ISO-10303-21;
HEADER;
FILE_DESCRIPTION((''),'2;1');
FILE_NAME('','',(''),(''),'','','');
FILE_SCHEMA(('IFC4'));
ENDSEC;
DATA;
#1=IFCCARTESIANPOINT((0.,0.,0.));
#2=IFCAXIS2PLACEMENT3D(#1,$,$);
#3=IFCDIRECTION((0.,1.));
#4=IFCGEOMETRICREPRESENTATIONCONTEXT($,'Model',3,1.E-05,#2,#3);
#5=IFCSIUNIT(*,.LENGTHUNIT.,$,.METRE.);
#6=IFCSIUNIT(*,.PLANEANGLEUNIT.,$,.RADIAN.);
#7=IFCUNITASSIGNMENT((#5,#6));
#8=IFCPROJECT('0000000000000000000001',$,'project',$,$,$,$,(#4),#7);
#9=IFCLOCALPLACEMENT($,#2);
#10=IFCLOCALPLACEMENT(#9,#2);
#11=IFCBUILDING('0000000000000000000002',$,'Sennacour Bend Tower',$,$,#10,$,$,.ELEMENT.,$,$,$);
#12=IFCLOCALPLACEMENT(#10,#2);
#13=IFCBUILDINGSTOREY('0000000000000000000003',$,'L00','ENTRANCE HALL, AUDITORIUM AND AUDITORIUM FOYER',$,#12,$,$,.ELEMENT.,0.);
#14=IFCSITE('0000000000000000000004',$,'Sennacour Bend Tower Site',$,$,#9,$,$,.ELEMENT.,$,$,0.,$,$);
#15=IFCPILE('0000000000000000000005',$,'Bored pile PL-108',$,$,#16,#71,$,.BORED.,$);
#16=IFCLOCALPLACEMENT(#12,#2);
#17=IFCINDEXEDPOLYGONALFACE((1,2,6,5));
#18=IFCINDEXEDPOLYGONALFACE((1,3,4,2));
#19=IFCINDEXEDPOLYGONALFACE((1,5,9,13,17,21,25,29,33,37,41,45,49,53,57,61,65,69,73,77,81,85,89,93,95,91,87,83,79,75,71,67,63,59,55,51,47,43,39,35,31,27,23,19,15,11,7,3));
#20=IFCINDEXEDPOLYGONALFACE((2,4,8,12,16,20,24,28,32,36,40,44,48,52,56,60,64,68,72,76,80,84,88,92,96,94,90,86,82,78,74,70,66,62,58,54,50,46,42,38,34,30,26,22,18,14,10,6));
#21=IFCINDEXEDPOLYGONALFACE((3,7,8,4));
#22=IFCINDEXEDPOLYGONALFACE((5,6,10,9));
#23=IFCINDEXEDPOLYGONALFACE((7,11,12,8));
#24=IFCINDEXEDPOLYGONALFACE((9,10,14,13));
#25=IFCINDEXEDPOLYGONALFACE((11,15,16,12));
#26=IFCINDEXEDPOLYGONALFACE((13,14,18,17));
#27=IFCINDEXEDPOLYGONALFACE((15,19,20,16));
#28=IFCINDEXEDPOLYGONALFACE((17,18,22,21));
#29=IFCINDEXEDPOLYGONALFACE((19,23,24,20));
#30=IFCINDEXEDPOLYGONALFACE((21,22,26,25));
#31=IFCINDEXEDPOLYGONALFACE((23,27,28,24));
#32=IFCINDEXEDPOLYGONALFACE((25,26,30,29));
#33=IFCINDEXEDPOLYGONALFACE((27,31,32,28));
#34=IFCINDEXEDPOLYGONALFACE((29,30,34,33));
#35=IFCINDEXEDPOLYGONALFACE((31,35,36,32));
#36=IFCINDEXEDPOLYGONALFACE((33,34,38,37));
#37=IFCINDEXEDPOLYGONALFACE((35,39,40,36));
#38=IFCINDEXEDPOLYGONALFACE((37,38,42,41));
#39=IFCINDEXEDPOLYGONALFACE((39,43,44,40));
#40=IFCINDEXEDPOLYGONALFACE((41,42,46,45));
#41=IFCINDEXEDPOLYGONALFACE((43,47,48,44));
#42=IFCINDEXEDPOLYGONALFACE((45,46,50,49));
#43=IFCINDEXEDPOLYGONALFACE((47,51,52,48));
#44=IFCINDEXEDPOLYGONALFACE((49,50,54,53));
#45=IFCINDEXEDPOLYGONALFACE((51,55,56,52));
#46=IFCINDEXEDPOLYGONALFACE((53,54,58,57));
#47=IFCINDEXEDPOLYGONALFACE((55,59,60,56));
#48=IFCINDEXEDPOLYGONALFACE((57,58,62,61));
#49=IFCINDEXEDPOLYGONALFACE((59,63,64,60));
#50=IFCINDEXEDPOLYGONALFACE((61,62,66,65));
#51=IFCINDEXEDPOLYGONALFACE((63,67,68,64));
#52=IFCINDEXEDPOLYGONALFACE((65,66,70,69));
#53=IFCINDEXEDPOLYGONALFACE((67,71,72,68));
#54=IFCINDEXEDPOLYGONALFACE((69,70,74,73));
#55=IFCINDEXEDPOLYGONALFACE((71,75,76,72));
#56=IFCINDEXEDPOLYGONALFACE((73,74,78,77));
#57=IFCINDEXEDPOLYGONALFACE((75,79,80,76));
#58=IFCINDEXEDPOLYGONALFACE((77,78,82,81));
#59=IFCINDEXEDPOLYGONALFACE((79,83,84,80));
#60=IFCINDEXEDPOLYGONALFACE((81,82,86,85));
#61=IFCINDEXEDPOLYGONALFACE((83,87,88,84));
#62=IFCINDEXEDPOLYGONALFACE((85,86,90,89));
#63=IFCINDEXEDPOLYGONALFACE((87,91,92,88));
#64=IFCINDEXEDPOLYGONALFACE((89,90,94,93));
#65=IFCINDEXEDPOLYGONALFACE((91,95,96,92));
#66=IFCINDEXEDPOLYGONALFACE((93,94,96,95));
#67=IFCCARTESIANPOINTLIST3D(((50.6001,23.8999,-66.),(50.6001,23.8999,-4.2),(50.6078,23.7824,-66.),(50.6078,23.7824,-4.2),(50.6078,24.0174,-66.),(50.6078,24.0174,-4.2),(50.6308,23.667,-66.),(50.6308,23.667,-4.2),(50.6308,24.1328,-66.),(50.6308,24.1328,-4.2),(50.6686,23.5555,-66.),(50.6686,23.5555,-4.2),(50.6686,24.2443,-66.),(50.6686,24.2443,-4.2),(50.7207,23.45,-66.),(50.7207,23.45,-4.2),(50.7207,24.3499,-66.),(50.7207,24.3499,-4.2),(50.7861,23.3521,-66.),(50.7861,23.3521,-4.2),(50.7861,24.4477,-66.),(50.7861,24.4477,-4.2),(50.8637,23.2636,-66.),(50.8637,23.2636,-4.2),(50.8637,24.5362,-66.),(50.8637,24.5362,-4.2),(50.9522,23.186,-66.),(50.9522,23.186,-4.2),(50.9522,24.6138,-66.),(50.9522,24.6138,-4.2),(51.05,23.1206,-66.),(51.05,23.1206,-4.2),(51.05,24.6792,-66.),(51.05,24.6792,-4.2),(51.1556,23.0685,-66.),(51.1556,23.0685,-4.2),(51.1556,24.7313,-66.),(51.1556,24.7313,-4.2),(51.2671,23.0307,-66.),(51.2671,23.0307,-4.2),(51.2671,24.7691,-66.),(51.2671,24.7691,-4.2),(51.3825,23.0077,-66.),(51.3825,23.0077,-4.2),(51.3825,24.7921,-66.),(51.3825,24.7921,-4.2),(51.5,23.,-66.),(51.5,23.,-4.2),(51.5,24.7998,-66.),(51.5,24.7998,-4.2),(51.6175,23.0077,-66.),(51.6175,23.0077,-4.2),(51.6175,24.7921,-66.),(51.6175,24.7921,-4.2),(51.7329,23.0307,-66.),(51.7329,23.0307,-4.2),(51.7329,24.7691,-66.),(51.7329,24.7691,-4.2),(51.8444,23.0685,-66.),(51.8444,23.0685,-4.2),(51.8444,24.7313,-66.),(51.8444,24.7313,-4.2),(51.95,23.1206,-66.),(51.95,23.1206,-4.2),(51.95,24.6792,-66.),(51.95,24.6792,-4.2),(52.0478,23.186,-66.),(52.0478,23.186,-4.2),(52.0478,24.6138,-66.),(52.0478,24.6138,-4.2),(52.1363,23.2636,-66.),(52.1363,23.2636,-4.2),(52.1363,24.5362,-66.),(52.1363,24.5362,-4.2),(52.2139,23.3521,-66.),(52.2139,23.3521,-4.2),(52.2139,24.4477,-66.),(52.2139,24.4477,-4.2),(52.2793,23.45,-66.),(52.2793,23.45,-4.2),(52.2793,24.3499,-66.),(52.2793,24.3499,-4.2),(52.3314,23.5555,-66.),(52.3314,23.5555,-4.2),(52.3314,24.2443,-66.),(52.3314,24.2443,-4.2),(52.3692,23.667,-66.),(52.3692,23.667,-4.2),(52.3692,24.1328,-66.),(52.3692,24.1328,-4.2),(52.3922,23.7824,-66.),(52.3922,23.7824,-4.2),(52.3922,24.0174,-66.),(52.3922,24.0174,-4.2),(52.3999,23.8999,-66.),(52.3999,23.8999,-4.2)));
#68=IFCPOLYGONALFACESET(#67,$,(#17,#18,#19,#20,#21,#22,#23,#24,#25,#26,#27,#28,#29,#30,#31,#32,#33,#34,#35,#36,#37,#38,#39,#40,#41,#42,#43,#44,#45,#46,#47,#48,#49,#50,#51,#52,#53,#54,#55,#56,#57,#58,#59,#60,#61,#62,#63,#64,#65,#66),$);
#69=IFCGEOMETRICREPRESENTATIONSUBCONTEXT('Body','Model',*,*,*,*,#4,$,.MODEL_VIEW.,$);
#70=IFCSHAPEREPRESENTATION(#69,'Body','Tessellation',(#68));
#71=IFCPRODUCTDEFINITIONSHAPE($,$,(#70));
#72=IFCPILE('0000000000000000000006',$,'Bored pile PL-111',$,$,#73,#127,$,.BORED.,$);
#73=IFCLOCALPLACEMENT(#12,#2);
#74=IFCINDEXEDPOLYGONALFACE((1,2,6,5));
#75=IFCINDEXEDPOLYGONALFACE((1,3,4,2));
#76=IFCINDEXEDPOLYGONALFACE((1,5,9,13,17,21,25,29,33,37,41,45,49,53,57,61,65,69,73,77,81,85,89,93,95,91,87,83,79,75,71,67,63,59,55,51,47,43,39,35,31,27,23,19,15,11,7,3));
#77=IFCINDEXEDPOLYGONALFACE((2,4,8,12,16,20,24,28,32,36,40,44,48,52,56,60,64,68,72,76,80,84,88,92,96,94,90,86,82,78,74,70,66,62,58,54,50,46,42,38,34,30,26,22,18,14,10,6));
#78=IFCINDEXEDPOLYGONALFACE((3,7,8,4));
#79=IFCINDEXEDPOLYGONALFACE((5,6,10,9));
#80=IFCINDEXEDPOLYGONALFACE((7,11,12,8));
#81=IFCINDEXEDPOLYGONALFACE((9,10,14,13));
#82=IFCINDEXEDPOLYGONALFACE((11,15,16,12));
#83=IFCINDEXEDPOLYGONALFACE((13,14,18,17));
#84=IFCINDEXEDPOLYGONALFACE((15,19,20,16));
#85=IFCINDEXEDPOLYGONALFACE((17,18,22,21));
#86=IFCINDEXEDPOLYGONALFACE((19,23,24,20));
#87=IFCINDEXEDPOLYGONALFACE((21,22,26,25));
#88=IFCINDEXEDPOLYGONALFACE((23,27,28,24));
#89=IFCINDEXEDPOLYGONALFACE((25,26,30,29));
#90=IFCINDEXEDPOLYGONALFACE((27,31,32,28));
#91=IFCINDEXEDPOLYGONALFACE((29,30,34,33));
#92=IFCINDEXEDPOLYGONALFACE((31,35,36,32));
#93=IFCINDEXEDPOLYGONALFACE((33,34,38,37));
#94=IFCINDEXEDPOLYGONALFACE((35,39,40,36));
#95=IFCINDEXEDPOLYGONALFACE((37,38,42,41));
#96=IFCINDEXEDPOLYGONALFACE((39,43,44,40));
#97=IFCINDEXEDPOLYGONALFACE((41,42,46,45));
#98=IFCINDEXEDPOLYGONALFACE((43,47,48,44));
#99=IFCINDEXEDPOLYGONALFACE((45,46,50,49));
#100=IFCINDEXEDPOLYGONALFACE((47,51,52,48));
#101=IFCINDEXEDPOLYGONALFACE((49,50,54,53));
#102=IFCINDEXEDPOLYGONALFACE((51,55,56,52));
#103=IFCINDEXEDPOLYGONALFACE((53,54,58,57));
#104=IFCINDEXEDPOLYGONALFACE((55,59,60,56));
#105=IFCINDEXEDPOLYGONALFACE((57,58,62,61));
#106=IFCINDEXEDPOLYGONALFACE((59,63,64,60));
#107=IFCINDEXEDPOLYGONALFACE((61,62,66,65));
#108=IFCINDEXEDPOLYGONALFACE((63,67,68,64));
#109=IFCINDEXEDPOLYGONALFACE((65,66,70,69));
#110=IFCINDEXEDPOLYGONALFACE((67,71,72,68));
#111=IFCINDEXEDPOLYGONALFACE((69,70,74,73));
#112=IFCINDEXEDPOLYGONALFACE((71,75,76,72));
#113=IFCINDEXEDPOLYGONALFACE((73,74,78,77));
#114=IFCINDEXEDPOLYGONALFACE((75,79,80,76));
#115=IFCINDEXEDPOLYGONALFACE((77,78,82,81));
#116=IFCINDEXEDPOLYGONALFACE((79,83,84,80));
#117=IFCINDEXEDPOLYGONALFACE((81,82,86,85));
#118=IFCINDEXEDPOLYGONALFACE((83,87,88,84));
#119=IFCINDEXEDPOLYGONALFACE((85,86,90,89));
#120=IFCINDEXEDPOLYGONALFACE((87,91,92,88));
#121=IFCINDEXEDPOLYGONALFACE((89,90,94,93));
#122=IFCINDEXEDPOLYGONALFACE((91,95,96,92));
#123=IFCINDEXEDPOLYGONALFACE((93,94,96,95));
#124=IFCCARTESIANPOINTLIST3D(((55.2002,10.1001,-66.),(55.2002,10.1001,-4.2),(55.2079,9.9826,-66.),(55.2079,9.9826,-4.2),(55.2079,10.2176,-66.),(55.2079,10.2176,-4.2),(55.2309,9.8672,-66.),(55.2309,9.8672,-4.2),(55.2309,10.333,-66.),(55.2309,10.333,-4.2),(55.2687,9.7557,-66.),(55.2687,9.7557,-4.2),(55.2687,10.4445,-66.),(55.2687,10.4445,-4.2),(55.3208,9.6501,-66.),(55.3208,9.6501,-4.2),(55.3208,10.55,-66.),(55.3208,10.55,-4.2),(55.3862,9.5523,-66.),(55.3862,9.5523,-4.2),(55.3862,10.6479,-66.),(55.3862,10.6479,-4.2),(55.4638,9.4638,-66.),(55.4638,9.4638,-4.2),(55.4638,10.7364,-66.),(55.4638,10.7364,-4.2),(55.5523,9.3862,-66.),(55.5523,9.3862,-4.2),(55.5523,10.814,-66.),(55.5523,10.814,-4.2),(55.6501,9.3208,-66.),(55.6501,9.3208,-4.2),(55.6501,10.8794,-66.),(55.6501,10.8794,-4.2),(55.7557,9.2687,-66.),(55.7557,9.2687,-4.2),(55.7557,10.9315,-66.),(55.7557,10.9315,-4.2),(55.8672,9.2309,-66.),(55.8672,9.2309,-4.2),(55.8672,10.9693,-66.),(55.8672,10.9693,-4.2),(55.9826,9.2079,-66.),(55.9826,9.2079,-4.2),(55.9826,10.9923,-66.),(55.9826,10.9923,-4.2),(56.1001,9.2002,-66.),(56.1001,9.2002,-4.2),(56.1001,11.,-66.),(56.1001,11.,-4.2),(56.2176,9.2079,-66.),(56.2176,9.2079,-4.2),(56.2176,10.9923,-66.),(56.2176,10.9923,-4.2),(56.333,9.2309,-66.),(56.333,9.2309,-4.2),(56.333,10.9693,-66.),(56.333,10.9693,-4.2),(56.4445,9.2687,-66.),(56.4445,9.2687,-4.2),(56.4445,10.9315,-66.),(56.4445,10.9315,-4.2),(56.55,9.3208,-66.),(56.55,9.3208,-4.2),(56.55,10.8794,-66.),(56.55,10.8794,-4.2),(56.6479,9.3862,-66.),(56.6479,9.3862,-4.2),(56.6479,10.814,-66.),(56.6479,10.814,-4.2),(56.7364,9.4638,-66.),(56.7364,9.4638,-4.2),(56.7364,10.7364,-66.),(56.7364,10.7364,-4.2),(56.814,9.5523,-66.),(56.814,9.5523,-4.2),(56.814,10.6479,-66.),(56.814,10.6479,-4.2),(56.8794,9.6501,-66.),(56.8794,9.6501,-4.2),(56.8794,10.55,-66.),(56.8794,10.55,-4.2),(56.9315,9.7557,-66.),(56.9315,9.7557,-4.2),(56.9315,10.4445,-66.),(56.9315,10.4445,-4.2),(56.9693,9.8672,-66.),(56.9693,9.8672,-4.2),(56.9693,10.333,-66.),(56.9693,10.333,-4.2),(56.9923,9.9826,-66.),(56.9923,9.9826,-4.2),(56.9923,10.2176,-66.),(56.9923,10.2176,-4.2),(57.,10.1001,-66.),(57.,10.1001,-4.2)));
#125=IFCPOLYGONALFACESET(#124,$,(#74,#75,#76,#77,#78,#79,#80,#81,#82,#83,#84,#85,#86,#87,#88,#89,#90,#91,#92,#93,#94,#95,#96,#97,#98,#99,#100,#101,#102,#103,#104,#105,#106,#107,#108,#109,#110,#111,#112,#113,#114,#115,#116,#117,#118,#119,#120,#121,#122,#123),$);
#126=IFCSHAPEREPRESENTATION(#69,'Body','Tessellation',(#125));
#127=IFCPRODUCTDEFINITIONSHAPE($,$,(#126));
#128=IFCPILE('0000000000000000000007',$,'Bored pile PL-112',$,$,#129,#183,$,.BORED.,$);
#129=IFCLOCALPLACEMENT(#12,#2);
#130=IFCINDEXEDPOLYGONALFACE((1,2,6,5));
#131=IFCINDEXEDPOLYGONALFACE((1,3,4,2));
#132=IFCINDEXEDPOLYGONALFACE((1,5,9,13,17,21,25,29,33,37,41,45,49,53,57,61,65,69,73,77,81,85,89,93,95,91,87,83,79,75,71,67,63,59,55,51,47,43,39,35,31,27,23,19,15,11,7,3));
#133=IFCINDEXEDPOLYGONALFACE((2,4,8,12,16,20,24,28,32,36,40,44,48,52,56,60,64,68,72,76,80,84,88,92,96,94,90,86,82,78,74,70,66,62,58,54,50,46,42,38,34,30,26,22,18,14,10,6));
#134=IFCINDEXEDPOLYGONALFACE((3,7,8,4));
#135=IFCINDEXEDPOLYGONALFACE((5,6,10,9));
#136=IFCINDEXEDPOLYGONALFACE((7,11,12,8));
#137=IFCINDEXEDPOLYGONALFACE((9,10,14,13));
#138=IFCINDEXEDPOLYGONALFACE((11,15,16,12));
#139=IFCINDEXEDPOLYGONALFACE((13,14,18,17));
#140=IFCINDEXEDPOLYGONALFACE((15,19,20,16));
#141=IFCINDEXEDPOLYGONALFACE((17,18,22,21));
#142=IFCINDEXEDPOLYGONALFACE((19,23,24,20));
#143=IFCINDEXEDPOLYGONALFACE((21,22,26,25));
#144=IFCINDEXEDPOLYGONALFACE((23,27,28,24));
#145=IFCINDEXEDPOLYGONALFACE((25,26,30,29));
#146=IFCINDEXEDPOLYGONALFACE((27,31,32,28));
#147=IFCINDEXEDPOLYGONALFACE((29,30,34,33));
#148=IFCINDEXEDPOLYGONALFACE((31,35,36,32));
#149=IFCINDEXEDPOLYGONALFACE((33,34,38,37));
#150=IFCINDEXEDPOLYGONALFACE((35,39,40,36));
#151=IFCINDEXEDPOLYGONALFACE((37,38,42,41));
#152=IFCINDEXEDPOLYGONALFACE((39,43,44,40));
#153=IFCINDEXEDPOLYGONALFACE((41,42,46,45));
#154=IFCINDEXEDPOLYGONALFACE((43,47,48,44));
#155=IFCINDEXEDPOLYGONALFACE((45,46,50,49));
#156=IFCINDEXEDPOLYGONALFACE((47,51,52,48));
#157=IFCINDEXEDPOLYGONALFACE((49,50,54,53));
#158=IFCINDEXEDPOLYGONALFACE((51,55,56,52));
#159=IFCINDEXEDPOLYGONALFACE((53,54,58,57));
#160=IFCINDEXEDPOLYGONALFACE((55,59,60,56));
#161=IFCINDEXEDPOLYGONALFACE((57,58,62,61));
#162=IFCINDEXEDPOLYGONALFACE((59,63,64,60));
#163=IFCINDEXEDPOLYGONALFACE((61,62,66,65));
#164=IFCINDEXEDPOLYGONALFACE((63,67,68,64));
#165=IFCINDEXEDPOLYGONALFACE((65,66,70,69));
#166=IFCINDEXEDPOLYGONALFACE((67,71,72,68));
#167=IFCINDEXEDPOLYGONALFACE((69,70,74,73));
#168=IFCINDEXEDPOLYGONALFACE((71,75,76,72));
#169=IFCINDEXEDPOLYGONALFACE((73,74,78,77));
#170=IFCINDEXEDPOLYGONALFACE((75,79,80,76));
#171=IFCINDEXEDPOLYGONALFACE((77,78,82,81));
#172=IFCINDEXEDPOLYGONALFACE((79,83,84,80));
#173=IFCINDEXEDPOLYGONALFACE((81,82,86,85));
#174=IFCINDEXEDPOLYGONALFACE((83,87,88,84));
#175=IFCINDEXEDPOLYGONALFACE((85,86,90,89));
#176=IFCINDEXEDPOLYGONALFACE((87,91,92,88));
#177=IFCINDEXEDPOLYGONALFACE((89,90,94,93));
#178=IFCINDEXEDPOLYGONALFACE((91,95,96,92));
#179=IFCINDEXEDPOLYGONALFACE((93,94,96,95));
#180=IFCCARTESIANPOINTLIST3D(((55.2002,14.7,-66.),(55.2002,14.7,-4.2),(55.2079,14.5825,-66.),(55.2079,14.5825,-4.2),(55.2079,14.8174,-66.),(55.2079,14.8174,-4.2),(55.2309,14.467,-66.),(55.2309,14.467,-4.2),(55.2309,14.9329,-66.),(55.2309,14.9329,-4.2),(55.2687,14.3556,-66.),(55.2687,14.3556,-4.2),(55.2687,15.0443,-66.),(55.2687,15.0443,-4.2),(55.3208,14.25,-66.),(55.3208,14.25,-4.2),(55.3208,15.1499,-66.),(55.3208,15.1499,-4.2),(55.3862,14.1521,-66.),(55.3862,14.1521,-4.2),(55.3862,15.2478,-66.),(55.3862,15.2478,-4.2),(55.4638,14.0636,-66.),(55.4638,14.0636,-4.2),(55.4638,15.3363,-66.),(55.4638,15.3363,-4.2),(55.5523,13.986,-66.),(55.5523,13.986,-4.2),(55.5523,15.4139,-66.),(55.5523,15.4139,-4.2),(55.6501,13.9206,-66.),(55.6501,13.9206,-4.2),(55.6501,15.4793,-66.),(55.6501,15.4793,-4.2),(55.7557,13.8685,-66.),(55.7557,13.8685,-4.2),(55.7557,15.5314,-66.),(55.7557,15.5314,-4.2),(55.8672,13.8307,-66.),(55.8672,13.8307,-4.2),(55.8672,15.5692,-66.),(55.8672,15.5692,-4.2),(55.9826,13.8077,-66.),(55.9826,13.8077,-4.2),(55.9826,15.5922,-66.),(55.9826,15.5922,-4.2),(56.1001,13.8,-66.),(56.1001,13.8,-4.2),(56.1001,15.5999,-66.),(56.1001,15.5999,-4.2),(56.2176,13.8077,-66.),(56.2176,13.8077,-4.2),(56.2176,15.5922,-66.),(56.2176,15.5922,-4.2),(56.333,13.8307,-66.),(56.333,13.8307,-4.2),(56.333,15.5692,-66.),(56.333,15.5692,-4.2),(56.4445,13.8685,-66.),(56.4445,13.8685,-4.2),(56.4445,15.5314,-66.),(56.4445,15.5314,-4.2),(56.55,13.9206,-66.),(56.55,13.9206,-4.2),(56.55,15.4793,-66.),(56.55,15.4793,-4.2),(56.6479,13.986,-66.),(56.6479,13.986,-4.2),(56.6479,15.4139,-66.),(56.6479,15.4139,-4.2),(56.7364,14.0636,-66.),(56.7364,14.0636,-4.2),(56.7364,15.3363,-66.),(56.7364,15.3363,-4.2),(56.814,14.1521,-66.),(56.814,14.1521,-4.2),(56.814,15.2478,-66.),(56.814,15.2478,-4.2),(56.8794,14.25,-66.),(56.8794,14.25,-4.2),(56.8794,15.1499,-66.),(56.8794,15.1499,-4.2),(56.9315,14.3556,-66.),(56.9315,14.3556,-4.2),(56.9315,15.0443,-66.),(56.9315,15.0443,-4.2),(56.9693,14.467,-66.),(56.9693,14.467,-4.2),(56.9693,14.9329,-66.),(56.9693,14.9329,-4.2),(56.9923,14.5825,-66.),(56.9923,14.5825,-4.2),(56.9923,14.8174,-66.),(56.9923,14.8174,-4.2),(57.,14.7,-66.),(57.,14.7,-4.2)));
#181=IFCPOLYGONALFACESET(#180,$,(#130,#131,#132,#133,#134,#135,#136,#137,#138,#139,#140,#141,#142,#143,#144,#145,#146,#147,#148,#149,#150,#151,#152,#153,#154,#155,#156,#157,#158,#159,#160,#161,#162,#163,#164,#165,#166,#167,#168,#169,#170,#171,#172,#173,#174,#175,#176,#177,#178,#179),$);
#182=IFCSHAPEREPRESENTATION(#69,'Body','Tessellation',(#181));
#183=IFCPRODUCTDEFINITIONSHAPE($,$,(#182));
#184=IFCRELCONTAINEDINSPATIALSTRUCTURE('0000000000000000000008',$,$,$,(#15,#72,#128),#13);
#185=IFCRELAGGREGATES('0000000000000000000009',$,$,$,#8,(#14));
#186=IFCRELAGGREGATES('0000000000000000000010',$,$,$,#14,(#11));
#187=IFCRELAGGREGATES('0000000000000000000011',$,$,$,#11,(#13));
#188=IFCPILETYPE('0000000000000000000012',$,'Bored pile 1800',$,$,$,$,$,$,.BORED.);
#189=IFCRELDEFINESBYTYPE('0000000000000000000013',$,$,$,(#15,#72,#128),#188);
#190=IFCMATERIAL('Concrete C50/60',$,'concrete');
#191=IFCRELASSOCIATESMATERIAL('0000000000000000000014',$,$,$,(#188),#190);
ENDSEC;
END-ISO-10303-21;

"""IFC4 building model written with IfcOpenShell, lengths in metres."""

from ifc_helpers import new_model, si_unit, direction, frame, origin, origin_2d, place, context, subcontext, project, spatial, circle, extrude, material, material_profile, profile_set, type_object, element, save


model = new_model("IFC4")

# Units and contexts
model_context = context("Model", 3, precision=1e-05, world=origin(), true_north=direction((0.0, 1.0)))
body_context = subcontext(model_context, "Body", "Model", "MODEL_VIEW")
ifc_project = project(units=[si_unit("LENGTHUNIT", "METRE"), si_unit("PLANEANGLEUNIT", "RADIAN")], contexts=[model_context])

# Site, building, storey
site_placement = place(None, origin())
site = spatial("IfcSite", under=ifc_project, at=site_placement, Name="Sennacour Bend Tower Site", CompositionType="ELEMENT", RefElevation=0.0)
building_placement = place(site_placement, origin())
building = spatial("IfcBuilding", under=site, at=building_placement, Name="Sennacour Bend Tower", CompositionType="ELEMENT")
storey_placement = place(building_placement, origin())
storey = spatial("IfcBuildingStorey", under=building, at=storey_placement, Name="L00", Description="ENTRANCE HALL, AUDITORIUM AND AUDITORIUM FOYER", CompositionType="ELEMENT", Elevation=0.0)

# Piles
ifc_material_1 = material(Name="Concrete C50/60", Category="concrete")
ifc_material_profile_1 = material_profile(ifc_material_1, circle(Radius=0.8999, at=origin_2d()), Name="Concrete C50/60", Category="concrete")
ifc_profile_set_1 = profile_set([ifc_material_profile_1], Name="Concrete C50/60")
pile_type = type_object("IfcPileType", Name="Bored pile 1800", PredefinedType="BORED", material=ifc_profile_set_1)
for number, where, z_axis, x_axis, name in (
    (1, (51.5, 23.8999, -4.2), (0.0, 0.0, -1.0), (1.0, 0.0, 0.0), "Bored pile PL-108"),
    (2, (56.1001, 10.1001, -4.2), (0.0, 0.0, -1.0), (1.0, 0.0, 0.0), "Bored pile PL-111"),
    (3, (56.1001, 14.7, -4.2), (0.0, 0.0, -1.0), (1.0, 0.0, 0.0), "Bored pile PL-112"),
):
    element("IfcPile", number, at=place(storey_placement, frame(where, z_axis=z_axis, x_axis=x_axis)), inside=storey, type_object=pile_type, Name=name, PredefinedType="BORED", context=body_context, shape_type="SweptSolid", body=[
        extrude(circle(Radius=0.8999, at=origin_2d()), origin(), (0.0, 0.0, 1.0), 61.8),
    ])

save(model, "model.ifc")
